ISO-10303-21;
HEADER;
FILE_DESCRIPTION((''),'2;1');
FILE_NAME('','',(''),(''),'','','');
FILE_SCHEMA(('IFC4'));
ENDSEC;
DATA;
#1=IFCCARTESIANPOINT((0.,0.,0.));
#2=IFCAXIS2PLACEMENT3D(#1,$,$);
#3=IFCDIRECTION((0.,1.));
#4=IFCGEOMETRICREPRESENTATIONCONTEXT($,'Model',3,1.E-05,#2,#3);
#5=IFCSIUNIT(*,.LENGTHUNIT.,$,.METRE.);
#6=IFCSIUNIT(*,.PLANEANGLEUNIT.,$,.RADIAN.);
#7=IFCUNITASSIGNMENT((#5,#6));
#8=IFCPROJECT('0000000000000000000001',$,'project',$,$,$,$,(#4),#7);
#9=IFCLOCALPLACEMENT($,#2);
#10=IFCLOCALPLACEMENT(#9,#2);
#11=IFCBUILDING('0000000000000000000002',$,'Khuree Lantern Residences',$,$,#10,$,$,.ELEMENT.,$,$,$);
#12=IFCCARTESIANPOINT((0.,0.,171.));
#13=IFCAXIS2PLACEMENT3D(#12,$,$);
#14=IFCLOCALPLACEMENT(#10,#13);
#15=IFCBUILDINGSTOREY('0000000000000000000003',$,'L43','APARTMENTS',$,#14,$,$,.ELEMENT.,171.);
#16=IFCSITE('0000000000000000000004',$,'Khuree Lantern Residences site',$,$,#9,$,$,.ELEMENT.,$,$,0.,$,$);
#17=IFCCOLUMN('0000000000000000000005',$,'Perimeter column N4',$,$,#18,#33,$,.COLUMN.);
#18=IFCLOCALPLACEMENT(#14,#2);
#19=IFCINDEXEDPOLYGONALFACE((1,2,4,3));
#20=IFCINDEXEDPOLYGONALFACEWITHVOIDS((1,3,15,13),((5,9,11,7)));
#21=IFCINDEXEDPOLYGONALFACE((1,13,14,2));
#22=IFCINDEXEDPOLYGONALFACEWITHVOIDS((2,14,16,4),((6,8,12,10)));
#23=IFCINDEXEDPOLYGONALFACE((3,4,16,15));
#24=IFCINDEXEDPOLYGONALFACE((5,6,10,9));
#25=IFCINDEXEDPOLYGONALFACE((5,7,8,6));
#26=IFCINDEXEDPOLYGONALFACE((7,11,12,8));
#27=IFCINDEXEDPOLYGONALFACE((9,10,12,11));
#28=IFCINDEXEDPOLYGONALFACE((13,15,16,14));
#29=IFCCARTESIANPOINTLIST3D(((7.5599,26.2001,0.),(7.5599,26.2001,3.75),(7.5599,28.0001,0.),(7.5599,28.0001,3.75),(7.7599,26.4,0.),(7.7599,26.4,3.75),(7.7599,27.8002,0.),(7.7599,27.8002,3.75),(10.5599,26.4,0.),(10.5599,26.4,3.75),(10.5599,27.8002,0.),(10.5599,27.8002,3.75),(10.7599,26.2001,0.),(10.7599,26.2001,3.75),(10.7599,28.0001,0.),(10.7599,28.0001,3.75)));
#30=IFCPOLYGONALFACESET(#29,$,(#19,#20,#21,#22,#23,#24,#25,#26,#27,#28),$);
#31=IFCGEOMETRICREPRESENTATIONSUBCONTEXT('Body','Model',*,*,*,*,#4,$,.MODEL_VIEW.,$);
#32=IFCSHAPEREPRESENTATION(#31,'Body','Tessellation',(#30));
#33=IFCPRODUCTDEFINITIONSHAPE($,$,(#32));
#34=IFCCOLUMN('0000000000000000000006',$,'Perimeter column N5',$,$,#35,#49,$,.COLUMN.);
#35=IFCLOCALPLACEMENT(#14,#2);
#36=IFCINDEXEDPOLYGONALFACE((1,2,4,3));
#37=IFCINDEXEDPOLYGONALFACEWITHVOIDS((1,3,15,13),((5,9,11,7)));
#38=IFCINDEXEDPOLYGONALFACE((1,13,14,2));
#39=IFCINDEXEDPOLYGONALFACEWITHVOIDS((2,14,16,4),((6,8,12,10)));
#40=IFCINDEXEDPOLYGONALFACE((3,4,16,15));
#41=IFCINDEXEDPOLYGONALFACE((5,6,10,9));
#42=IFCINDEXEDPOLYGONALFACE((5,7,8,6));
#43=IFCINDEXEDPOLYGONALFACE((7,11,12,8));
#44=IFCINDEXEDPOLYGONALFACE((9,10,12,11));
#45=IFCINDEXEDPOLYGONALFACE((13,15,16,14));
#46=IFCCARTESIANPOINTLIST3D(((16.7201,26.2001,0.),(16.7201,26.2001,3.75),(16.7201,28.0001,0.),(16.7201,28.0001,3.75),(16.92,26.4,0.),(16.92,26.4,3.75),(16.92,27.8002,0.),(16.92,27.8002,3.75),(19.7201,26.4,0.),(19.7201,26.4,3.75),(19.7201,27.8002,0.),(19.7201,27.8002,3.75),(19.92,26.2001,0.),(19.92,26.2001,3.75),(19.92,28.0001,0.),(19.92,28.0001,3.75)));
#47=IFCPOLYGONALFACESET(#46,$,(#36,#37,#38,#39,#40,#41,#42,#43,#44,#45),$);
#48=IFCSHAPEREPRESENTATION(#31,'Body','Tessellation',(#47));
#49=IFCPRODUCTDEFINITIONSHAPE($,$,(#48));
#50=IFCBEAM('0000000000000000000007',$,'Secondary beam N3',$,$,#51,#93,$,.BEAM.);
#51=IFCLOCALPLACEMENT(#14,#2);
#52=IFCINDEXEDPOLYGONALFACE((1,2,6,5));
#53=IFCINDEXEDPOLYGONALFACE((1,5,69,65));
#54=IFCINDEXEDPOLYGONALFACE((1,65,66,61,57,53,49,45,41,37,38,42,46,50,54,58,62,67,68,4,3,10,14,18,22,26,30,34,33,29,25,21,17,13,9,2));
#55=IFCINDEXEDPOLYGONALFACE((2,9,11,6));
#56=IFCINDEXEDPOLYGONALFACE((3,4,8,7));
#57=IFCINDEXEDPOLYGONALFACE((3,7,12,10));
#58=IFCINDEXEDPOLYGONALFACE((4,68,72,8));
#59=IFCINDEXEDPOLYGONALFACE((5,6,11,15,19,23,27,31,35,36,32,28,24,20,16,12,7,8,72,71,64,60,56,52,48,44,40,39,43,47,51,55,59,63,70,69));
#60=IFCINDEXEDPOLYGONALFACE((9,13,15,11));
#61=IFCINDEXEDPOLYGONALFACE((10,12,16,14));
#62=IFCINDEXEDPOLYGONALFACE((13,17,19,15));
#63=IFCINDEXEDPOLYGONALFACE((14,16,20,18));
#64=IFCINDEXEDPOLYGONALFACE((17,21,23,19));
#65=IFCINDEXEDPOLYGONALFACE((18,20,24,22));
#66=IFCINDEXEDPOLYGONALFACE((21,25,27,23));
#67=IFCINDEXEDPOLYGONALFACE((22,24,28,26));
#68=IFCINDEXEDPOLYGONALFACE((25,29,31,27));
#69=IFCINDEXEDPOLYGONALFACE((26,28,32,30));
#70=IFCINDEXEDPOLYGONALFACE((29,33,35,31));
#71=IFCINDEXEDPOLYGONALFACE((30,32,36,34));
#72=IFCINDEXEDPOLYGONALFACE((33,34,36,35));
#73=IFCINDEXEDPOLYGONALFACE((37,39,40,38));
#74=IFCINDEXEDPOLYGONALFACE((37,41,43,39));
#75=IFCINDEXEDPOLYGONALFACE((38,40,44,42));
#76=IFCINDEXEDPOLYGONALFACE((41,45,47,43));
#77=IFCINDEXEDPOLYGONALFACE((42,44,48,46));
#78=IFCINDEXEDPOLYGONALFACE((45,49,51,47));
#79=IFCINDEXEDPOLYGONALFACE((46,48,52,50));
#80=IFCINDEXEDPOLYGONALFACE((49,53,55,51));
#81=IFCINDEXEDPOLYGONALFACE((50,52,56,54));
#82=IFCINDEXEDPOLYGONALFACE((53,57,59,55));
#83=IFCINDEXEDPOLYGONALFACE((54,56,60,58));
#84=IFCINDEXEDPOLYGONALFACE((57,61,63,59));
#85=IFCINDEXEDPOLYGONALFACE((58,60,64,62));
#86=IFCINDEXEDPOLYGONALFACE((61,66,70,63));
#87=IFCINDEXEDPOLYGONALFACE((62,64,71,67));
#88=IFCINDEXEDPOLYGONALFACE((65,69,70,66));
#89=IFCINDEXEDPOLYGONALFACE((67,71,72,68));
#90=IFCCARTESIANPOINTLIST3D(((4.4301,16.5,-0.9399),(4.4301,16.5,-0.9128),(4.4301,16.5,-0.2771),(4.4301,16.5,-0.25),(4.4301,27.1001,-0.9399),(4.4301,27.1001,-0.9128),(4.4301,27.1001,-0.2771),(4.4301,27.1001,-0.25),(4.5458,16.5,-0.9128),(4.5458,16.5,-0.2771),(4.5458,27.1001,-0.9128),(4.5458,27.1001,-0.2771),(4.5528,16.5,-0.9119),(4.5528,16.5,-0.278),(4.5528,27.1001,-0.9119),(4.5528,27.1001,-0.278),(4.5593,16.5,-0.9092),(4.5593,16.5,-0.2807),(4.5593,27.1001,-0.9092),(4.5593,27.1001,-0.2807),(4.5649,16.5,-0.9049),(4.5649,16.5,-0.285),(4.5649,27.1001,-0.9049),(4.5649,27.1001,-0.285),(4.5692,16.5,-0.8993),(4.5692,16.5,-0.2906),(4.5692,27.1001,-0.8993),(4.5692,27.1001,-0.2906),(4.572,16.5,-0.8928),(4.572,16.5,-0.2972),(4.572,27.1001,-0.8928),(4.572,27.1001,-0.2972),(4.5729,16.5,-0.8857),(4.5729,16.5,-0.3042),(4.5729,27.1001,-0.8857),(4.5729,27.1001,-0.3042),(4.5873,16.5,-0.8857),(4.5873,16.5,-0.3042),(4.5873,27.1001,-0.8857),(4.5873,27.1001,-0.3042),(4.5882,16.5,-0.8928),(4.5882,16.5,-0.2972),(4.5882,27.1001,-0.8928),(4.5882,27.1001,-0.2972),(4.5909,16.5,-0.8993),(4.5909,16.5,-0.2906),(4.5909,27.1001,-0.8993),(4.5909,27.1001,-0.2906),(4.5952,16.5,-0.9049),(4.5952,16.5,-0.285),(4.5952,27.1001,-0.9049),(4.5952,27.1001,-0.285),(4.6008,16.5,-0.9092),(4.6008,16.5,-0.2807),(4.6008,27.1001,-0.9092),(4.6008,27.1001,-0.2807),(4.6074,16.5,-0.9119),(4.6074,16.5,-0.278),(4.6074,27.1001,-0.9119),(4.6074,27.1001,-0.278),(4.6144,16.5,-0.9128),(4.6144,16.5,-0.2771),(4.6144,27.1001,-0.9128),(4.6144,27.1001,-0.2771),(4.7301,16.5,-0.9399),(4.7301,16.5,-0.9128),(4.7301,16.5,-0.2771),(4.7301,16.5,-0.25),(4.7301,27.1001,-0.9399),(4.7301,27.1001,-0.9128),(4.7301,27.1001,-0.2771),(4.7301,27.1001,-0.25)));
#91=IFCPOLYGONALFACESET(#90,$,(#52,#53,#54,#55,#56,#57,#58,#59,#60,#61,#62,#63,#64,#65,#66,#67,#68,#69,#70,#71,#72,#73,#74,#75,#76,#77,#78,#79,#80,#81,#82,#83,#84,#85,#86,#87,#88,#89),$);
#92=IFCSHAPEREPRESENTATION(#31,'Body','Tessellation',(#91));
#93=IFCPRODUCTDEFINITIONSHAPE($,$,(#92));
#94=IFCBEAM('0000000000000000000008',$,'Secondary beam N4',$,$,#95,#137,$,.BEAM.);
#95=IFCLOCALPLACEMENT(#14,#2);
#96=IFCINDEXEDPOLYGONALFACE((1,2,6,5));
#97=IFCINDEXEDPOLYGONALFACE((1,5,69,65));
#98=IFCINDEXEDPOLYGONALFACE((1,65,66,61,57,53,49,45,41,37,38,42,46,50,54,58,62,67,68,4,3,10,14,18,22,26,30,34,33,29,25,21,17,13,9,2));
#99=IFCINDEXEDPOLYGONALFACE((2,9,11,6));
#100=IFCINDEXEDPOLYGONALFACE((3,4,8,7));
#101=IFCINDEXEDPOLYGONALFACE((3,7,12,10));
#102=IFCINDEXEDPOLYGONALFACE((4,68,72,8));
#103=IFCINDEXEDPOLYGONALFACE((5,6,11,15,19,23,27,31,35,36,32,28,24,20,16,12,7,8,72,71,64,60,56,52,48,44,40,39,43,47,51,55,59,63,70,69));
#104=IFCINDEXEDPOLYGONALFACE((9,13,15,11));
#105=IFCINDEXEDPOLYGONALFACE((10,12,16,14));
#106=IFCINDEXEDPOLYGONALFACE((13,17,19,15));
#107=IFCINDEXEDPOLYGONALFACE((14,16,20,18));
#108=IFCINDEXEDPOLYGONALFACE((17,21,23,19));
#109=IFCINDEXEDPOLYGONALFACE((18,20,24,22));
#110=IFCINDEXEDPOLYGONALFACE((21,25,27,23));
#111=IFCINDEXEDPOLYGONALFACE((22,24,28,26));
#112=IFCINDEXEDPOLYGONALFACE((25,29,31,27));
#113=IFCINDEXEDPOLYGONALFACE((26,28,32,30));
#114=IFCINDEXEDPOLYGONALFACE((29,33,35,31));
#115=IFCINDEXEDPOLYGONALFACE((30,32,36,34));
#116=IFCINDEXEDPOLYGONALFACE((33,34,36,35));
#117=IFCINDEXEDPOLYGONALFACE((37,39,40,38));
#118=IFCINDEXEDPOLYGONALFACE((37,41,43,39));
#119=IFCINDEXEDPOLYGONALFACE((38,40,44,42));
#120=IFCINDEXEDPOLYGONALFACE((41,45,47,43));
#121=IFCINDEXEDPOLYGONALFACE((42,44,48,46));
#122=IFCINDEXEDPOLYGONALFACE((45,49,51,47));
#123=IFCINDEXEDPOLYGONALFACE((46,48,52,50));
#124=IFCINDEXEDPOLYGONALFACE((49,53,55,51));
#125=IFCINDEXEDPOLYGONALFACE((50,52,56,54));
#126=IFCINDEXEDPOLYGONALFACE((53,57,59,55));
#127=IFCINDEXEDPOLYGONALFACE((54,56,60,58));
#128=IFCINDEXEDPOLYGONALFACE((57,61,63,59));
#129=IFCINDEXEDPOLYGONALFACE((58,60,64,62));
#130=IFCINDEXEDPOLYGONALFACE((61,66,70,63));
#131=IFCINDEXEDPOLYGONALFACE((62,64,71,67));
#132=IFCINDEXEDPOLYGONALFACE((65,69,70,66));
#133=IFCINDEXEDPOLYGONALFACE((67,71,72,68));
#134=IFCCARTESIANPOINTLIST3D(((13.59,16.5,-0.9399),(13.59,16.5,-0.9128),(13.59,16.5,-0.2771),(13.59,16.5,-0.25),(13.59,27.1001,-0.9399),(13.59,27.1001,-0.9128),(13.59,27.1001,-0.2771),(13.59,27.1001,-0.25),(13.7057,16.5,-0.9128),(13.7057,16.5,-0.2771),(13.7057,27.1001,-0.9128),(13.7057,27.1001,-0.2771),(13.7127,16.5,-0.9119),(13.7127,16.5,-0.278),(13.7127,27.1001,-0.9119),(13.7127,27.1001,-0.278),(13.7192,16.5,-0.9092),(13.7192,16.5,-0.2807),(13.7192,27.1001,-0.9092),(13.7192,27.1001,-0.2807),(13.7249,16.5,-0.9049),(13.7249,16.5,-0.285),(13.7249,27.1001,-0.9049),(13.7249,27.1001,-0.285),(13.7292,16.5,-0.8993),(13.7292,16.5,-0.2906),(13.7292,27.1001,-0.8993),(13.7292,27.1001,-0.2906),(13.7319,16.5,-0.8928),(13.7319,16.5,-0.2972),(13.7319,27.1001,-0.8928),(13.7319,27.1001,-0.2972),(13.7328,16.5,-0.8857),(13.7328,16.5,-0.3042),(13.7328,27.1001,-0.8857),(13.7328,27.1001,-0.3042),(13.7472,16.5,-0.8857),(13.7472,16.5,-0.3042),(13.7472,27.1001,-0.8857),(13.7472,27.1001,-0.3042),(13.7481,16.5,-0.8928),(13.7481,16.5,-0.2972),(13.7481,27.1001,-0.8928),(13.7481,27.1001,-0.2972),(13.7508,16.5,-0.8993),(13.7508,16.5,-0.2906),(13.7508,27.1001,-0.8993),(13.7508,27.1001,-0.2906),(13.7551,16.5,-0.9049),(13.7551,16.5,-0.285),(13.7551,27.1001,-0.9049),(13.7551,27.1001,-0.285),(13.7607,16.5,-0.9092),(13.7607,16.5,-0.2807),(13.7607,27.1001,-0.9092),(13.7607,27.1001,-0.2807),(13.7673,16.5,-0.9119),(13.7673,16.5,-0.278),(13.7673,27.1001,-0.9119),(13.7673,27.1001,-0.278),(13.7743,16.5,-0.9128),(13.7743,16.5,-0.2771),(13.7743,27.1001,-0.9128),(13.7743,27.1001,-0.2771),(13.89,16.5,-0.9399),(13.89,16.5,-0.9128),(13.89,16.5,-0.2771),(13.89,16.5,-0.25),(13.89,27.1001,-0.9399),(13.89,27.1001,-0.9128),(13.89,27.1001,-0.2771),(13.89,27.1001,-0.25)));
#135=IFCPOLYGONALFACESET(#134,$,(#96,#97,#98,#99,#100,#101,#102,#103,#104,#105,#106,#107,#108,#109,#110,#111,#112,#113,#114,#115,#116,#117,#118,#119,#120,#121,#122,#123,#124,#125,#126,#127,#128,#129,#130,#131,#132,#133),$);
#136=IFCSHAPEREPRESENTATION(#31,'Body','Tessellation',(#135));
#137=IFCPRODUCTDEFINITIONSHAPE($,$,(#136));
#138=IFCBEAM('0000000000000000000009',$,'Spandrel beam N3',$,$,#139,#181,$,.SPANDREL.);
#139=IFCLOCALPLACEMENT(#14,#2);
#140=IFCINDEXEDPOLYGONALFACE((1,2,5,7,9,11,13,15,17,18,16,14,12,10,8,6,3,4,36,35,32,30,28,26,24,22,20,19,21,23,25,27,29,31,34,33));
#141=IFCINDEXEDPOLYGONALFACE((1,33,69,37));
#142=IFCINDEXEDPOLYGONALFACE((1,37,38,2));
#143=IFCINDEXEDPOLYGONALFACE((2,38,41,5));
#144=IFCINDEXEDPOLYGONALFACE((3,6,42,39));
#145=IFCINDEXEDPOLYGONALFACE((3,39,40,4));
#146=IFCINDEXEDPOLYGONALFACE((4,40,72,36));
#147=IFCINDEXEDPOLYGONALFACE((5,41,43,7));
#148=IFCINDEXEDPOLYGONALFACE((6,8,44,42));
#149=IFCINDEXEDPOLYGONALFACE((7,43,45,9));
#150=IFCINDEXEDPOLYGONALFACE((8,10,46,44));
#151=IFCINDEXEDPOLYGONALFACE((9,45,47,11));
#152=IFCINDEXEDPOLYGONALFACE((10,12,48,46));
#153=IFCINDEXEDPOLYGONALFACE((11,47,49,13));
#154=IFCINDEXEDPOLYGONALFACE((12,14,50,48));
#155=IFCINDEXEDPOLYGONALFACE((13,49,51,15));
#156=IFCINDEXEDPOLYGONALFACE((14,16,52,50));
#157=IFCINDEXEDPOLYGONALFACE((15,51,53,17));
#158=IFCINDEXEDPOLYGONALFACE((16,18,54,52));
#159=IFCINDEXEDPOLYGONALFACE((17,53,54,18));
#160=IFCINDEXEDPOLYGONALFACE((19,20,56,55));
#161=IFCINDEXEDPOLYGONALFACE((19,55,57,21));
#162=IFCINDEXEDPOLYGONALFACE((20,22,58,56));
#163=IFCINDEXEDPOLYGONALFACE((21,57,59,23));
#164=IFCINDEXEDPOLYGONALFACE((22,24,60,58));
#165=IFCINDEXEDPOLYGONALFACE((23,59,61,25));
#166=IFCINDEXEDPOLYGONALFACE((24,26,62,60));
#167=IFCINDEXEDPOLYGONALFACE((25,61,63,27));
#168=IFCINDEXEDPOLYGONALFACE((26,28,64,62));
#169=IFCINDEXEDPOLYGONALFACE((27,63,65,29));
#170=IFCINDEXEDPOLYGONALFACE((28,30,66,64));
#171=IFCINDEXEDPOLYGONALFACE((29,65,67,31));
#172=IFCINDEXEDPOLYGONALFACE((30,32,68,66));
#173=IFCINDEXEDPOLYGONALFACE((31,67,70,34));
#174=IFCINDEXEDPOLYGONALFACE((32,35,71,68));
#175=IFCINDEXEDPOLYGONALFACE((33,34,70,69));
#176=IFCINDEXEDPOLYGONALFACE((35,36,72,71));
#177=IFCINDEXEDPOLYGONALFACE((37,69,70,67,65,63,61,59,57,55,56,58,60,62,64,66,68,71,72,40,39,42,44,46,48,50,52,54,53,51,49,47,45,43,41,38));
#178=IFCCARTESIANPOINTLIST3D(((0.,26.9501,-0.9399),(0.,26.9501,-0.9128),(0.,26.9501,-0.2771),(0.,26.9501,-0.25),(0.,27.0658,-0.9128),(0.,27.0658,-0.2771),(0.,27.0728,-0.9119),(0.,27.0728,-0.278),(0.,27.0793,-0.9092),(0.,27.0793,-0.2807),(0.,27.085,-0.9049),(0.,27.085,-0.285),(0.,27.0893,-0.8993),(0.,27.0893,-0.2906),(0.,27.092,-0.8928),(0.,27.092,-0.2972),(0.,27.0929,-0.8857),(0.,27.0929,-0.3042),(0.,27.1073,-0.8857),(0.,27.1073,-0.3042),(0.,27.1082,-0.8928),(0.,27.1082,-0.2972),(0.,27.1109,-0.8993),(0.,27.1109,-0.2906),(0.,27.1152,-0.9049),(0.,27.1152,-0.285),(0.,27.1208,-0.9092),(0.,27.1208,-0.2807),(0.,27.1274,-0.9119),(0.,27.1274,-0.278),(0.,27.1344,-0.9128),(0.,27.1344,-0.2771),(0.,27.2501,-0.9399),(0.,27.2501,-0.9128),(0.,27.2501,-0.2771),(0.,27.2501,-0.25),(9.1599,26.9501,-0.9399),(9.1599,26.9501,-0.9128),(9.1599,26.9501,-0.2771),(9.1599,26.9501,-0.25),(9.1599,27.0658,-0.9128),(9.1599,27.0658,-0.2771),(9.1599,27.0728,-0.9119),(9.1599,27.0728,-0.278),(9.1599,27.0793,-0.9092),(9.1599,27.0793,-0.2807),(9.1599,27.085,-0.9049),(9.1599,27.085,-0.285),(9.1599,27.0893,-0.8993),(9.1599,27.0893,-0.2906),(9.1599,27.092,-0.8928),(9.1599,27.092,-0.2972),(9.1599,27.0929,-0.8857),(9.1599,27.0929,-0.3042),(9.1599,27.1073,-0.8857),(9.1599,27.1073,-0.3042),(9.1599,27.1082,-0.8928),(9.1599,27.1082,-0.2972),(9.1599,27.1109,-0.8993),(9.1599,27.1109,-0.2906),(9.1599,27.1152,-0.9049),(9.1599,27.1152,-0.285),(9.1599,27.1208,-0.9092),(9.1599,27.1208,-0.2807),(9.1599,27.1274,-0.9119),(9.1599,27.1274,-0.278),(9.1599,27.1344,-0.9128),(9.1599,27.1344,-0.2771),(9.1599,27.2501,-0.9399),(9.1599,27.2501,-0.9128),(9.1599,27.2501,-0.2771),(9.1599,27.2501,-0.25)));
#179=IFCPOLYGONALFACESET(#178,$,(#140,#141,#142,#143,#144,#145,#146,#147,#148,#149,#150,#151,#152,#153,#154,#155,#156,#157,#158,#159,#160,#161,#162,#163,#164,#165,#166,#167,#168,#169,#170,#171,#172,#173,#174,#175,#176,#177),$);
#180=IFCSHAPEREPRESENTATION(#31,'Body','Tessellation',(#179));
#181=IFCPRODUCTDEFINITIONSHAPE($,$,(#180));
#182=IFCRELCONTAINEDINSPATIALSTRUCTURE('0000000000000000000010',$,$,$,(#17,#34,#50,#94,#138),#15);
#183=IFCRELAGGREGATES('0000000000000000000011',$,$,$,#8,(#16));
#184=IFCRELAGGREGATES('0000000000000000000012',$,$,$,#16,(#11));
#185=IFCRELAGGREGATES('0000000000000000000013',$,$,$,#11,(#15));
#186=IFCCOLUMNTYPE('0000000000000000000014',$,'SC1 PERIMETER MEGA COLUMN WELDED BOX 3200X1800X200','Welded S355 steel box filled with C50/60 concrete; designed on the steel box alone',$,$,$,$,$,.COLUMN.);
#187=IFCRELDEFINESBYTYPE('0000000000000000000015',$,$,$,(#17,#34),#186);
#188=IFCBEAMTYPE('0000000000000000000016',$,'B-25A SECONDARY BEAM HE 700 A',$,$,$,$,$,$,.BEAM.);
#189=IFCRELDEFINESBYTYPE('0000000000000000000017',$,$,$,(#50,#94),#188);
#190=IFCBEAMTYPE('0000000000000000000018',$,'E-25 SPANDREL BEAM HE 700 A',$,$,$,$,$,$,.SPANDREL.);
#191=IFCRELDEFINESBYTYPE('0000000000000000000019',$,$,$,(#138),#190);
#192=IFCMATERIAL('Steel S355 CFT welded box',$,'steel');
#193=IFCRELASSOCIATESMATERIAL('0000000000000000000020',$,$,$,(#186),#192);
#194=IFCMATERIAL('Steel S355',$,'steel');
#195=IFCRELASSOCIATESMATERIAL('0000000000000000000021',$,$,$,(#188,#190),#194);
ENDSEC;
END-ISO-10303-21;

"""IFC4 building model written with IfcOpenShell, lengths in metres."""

from ifc_helpers import new_model, si_unit, direction, frame, origin, origin_2d, place, context, subcontext, project, spatial, hollow_rectangle, i_section, extrude, material, material_profile, profile_set, type_object, element, save


model = new_model("IFC4")

# Units and contexts
model_context = context("Model", 3, precision=1e-05, world=origin(), true_north=direction((0.0, 1.0)))
body_context = subcontext(model_context, "Body", "Model", "MODEL_VIEW")
ifc_project = project(units=[si_unit("LENGTHUNIT", "METRE"), si_unit("PLANEANGLEUNIT", "RADIAN")], contexts=[model_context])

# Site, building, storey
site_placement = place(None, origin())
site = spatial("IfcSite", under=ifc_project, at=site_placement, Name="Khuree Lantern Residences site", CompositionType="ELEMENT", RefElevation=0.0)
building_placement = place(site_placement, origin())
building = spatial("IfcBuilding", under=site, at=building_placement, Name="Khuree Lantern Residences", CompositionType="ELEMENT")
storey_placement = place(building_placement, frame((0.0, 0.0, 171.0)))
storey = spatial("IfcBuildingStorey", under=building, at=storey_placement, Name="L43", Description="APARTMENTS", CompositionType="ELEMENT", Elevation=171.0)

# Columns
ifc_material_1 = material(Name="Steel S355 CFT welded box", Category="steel")
ifc_material_profile_1 = material_profile(ifc_material_1, hollow_rectangle(XDim=3.2, YDim=1.8, WallThickness=0.2, at=origin_2d()), Name="WELDED BOX 3200X1800X200")
ifc_profile_set_1 = profile_set([ifc_material_profile_1], Name="Steel S355 CFT welded box")
column_type = type_object("IfcColumnType", Name="SC1 PERIMETER MEGA COLUMN WELDED BOX 3200X1800X200", Description="Welded S355 steel box filled with C50/60 concrete; designed on the steel box alone", PredefinedType="COLUMN", material=ifc_profile_set_1)
for number, where, z_axis, x_axis, name in (
    (1, (9.1599, 27.1001, 0.0), (0.0, 0.0, 1.0), (1.0, 0.0, 0.0), "Perimeter column N4"),
    (2, (18.3201, 27.1001, 0.0), (0.0, 0.0, 1.0), (1.0, 0.0, 0.0), "Perimeter column N5"),
):
    element("IfcColumn", number, at=place(storey_placement, frame(where, z_axis=z_axis, x_axis=x_axis)), inside=storey, type_object=column_type, Name=name, PredefinedType="COLUMN", context=body_context, shape_type="SweptSolid", body=[
        extrude(hollow_rectangle(XDim=3.2, YDim=1.8, WallThickness=0.2, at=origin_2d()), origin(), (0.0, 0.0, 1.0), 3.75),
    ])

# Beams
ifc_material_2 = material(Name="Steel S355", Category="steel")
ifc_material_profile_2 = material_profile(ifc_material_2, i_section(OverallWidth=0.3, OverallDepth=0.6899, WebThickness=0.0144, FlangeThickness=0.0271, FilletRadius=0.0271, at=origin_2d()), Name="HE 700 A")
ifc_profile_set_2 = profile_set([ifc_material_profile_2], Name="Steel S355")
beam_type_1 = type_object("IfcBeamType", Name="B-25A SECONDARY BEAM HE 700 A", PredefinedType="BEAM", material=ifc_profile_set_2)
for number, where, z_axis, x_axis, name in (
    (3, (4.5801, 27.1001, -0.595), (0.0, -1.0, 0.0), (1.0, 0.0, 0.0), "Secondary beam N3"),
    (4, (13.74, 27.1001, -0.595), (0.0, -1.0, 0.0), (1.0, 0.0, 0.0), "Secondary beam N4"),
):
    element("IfcBeam", number, at=place(storey_placement, frame(where, z_axis=z_axis, x_axis=x_axis)), inside=storey, type_object=beam_type_1, Name=name, PredefinedType="BEAM", context=body_context, shape_type="SweptSolid", body=[
        extrude(i_section(OverallWidth=0.3, OverallDepth=0.6899, WebThickness=0.0144, FlangeThickness=0.0271, FilletRadius=0.0271, at=origin_2d()), origin(), (0.0, 0.0, 1.0), 10.6001),
    ])
ifc_material_profile_3 = material_profile(ifc_material_2, i_section(OverallWidth=0.3, OverallDepth=0.6899, WebThickness=0.0144, FlangeThickness=0.0271, FilletRadius=0.0271, at=origin_2d()), Name="HE 700 A")
ifc_profile_set_3 = profile_set([ifc_material_profile_3], Name="Steel S355")
beam_type_2 = type_object("IfcBeamType", Name="E-25 SPANDREL BEAM HE 700 A", PredefinedType="SPANDREL", material=ifc_profile_set_3)
beam_1_placement = place(storey_placement, frame((0.0, 27.1001, -0.595), z_axis=(1.0, 0.0, 0.0), x_axis=(0.0, 1.0, 0.0)))
element("IfcBeam", 5, at=beam_1_placement, inside=storey, type_object=beam_type_2, Name="Spandrel beam N3", PredefinedType="SPANDREL", context=body_context, shape_type="SweptSolid", body=[
    extrude(i_section(OverallWidth=0.3, OverallDepth=0.6899, WebThickness=0.0144, FlangeThickness=0.0271, FilletRadius=0.0271, at=origin_2d()), origin(), (0.0, 0.0, 1.0), 9.1599),
])

save(model, "model.ifc")
